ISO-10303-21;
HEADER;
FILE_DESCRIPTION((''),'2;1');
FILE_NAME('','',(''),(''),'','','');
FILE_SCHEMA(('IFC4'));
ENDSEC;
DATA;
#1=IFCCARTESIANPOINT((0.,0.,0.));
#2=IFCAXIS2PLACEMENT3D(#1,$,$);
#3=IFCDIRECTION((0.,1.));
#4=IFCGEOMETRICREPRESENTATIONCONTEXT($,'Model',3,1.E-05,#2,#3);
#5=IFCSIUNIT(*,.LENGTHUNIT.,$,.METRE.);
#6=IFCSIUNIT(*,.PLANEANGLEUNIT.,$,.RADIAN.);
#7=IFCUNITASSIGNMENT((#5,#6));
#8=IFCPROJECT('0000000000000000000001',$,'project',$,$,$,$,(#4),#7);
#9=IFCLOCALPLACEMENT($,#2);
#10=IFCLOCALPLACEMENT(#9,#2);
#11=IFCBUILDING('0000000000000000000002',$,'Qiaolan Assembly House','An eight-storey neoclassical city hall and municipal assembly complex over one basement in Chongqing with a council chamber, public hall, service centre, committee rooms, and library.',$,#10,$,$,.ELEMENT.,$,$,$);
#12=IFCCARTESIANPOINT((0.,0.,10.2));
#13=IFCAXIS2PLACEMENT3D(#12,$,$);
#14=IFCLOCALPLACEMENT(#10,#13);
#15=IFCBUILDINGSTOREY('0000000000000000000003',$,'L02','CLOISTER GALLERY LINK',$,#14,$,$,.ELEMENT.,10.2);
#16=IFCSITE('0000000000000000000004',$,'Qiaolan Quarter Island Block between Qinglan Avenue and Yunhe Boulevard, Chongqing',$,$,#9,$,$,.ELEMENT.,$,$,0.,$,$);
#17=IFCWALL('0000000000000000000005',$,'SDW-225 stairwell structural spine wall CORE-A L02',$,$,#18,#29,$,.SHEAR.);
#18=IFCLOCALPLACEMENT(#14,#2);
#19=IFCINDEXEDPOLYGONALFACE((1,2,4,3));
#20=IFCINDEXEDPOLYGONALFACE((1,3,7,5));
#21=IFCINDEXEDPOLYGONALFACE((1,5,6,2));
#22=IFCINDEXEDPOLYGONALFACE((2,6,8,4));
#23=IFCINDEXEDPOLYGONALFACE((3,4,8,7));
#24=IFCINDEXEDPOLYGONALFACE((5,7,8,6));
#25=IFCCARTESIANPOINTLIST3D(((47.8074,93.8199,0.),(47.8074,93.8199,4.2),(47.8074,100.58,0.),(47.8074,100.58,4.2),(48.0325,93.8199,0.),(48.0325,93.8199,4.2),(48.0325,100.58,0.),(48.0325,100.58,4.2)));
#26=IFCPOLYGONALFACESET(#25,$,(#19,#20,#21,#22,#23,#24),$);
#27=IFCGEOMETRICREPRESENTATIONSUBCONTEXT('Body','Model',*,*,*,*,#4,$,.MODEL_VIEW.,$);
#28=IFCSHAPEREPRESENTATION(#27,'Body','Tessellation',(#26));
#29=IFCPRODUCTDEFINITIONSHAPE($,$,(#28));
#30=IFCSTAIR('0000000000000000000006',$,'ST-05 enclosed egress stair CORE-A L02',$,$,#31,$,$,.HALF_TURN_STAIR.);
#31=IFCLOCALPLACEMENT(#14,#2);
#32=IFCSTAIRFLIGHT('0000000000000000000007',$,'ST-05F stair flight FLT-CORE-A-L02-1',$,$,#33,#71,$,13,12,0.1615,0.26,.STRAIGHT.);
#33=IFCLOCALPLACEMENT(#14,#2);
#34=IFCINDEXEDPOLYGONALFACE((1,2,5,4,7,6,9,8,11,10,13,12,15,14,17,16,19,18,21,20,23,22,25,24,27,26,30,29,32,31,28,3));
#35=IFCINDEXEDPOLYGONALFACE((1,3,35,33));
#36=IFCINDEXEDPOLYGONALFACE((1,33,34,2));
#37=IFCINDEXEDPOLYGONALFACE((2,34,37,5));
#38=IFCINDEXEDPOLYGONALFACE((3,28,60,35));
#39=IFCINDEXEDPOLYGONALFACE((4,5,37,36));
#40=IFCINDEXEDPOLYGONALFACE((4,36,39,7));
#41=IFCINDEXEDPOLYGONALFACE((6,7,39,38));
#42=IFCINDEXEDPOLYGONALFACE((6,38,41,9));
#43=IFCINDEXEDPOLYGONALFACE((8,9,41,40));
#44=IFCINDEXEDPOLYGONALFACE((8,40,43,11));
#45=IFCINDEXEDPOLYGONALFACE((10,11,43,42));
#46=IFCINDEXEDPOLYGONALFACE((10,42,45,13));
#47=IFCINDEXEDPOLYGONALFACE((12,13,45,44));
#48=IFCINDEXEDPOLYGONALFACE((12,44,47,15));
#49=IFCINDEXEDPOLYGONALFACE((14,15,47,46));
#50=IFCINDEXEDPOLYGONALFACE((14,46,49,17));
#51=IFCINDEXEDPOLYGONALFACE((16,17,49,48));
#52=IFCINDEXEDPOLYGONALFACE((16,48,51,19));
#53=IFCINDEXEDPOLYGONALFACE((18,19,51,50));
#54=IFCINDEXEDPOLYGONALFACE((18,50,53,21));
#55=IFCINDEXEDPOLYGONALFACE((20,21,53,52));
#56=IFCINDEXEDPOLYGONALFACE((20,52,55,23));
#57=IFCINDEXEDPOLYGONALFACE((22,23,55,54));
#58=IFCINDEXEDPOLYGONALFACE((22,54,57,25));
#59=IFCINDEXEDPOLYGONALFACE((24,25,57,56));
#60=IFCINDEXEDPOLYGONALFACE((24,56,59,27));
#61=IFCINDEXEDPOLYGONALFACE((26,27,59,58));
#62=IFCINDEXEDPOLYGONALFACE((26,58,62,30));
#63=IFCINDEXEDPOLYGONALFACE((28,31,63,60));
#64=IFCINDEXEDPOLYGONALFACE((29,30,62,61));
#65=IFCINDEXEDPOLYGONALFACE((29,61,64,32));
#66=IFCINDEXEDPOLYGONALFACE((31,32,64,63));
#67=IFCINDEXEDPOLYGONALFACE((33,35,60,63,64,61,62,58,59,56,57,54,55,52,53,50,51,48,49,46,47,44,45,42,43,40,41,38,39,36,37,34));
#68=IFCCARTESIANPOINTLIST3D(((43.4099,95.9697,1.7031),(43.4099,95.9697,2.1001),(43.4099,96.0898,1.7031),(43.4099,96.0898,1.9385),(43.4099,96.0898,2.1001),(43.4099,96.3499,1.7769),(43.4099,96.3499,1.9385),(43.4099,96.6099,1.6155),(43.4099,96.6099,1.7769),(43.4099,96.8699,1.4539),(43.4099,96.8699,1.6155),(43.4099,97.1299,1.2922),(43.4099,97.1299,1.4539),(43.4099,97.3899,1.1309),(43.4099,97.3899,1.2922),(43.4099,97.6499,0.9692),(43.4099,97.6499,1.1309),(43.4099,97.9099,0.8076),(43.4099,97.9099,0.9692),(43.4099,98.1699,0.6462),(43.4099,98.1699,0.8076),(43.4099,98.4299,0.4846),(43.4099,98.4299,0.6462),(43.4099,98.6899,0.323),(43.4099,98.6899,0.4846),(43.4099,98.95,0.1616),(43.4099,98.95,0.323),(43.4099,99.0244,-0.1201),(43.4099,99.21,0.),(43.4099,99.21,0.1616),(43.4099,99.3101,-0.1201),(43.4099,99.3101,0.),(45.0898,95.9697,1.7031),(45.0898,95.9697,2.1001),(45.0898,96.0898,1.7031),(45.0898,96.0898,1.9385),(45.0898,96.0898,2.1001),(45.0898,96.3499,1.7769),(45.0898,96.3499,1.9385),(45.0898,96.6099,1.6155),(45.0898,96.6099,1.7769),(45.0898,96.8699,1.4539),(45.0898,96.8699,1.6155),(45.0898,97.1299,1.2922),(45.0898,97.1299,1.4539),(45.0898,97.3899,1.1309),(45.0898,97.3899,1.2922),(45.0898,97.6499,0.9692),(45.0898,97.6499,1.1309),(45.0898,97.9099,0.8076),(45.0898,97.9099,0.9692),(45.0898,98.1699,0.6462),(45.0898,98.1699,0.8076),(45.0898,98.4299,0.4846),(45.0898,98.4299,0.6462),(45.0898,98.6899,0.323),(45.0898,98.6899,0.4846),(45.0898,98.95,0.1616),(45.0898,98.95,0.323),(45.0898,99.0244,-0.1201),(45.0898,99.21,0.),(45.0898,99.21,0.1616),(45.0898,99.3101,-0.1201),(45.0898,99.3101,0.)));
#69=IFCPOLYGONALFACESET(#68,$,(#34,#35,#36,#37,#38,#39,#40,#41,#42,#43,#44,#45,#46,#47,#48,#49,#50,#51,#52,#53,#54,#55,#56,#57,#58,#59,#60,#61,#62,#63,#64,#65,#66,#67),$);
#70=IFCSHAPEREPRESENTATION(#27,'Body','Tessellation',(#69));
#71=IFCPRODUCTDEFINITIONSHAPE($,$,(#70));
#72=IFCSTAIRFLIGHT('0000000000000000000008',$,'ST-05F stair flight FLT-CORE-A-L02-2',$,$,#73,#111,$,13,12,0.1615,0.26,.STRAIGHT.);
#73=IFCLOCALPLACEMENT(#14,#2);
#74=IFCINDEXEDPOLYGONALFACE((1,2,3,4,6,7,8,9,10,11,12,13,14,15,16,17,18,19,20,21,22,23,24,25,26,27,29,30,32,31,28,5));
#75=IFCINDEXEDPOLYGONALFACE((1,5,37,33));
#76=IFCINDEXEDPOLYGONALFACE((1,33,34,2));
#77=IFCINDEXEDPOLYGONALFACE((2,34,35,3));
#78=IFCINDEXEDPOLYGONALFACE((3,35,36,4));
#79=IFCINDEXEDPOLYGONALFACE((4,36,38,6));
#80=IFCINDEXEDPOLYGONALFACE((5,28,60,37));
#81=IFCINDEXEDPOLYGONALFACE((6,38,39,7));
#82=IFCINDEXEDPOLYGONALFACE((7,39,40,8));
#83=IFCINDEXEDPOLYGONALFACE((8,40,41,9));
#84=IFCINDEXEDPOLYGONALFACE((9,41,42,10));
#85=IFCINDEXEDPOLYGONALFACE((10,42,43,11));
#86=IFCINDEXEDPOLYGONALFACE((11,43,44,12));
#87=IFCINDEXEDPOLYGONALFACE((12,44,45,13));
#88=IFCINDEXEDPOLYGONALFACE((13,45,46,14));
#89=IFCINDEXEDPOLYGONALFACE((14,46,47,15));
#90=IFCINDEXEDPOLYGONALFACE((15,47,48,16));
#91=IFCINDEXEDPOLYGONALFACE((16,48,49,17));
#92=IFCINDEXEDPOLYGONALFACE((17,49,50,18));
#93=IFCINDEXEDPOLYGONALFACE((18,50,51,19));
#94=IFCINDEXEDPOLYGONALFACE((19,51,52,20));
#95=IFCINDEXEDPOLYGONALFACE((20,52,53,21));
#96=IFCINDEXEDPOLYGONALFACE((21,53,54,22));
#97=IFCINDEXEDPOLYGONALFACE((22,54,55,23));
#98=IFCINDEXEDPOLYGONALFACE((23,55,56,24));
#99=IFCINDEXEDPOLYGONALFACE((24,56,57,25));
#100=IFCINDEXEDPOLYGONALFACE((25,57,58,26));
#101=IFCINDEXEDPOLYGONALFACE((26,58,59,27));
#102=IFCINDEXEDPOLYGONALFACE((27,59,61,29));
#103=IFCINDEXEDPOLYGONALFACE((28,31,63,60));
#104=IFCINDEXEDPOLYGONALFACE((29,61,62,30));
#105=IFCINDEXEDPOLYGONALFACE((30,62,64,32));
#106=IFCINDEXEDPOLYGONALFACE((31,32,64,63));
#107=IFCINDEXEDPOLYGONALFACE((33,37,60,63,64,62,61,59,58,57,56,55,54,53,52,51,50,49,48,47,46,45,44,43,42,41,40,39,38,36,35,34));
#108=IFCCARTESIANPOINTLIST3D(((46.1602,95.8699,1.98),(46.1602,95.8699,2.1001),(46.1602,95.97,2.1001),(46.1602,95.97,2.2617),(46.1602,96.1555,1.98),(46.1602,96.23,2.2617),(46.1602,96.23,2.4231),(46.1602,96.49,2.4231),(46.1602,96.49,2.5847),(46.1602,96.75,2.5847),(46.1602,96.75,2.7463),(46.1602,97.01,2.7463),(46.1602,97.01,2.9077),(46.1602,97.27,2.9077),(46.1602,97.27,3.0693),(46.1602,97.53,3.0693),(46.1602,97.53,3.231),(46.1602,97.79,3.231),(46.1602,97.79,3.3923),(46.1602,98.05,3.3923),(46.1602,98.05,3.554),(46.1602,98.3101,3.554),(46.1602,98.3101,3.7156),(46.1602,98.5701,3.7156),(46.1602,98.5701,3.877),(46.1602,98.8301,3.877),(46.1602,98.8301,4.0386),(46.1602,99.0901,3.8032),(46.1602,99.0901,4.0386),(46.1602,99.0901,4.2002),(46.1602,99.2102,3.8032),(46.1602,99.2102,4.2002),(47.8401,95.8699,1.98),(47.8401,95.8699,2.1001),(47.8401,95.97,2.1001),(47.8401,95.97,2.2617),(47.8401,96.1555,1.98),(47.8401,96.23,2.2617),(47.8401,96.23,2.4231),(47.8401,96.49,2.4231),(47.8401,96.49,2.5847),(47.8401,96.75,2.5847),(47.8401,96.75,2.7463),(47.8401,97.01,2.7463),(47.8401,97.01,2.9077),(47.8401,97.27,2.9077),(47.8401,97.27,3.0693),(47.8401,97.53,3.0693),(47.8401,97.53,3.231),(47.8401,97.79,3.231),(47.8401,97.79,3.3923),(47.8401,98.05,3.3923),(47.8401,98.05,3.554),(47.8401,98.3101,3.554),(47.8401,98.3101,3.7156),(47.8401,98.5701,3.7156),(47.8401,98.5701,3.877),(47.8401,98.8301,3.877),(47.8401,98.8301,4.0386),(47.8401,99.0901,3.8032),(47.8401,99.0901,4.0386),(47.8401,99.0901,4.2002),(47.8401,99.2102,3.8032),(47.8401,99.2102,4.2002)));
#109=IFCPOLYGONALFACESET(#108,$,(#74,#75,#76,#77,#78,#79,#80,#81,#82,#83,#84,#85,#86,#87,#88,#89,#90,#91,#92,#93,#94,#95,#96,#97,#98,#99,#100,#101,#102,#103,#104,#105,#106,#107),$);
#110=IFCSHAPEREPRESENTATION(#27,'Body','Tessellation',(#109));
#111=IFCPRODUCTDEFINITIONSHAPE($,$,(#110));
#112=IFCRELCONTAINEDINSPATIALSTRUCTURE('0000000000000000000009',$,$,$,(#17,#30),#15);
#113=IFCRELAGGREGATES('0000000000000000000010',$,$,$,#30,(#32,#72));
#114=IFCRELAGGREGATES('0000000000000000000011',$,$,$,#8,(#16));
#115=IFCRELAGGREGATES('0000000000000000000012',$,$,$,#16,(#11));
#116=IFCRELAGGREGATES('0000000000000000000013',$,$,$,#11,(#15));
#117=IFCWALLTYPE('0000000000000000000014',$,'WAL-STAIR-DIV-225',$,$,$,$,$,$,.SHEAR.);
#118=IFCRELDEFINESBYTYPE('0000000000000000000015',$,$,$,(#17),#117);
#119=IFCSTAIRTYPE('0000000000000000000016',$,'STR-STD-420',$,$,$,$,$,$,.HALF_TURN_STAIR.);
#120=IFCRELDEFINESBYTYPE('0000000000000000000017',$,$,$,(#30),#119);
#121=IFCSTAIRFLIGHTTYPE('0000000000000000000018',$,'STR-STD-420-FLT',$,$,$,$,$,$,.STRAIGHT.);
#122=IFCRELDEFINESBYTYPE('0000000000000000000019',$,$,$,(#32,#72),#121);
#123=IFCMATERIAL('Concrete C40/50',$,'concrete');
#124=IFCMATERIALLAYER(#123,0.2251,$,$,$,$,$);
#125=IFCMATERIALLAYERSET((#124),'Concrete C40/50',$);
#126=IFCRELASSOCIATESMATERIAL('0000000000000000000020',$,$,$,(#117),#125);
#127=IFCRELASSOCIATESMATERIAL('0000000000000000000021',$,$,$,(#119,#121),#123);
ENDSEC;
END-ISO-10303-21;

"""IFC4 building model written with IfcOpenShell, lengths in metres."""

from ifc_helpers import new_model, si_unit, direction, frame, frame_2d, origin, place, context, subcontext, project, spatial, polyline, rectangle, outline, extrude, material, layer, layer_set, type_object, element, aggregate, save


model = new_model("IFC4")

# Units and contexts
model_context = context("Model", 3, precision=1e-05, world=origin(), true_north=direction((0.0, 1.0)))
body_context = subcontext(model_context, "Body", "Model", "MODEL_VIEW")
ifc_project = project(units=[si_unit("LENGTHUNIT", "METRE"), si_unit("PLANEANGLEUNIT", "RADIAN")], contexts=[model_context])

# Site, building, storey
site_placement = place(None, origin())
site = spatial("IfcSite", under=ifc_project, at=site_placement, Name="Qiaolan Quarter Island Block between Qinglan Avenue and Yunhe Boulevard, Chongqing", CompositionType="ELEMENT", RefElevation=0.0)
building_placement = place(site_placement, origin())
building = spatial("IfcBuilding", under=site, at=building_placement, Name="Qiaolan Assembly House", Description="An eight-storey neoclassical city hall and municipal assembly complex over one basement in Chongqing with a council chamber, public hall, service centre, committee rooms, and library.", CompositionType="ELEMENT")
storey_placement = place(building_placement, frame((0.0, 0.0, 10.2)))
storey = spatial("IfcBuildingStorey", under=building, at=storey_placement, Name="L02", Description="CLOISTER GALLERY LINK", CompositionType="ELEMENT", Elevation=10.2)

# Shared definitions
ifc_material_1 = material(Name="Concrete C40/50", Category="concrete")

# Wall
ifc_layer_1 = layer(ifc_material_1, 0.2251)
ifc_layer_set_1 = layer_set([ifc_layer_1], Name="Concrete C40/50")
wall_type_1 = type_object("IfcWallType", Name="WAL-STAIR-DIV-225", PredefinedType="SHEAR", material=ifc_layer_set_1)
wall_1_placement = place(storey_placement, frame((47.9199, 93.8201, 0.0), z_axis=(0.0, 0.0, 1.0), x_axis=(0.0, 1.0, 0.0)))
element("IfcWall", 1, at=wall_1_placement, inside=storey, type_object=wall_type_1, Name="SDW-225 stairwell structural spine wall CORE-A L02", PredefinedType="SHEAR", context=body_context, shape_type="SweptSolid", body=[
    extrude(rectangle(XDim=6.76, YDim=0.2251, at=frame_2d((3.3799, 0.0))), origin(), (0.0, 0.0, 1.0), 4.2),
])

# Stair, stair flights
stair_type = type_object("IfcStairType", Name="STR-STD-420", PredefinedType="HALF_TURN_STAIR", material=ifc_material_1)
stair_placement = place(storey_placement, origin())
stair = element("IfcStair", 2, at=stair_placement, inside=storey, type_object=stair_type, Name="ST-05 enclosed egress stair CORE-A L02", PredefinedType="HALF_TURN_STAIR")
stair_flight_type = type_object("IfcStairFlightType", Name="STR-STD-420-FLT", PredefinedType="STRAIGHT", material=ifc_material_1)
stair_flight_1_placement = place(storey_placement, frame((44.25, 99.21, 0.0), z_axis=(0.0, 0.0, 1.0), x_axis=(0.0, -1.0, 0.0)))
stair_flight_1 = element("IfcStairFlight", 3, at=stair_flight_1_placement, type_object=stair_flight_type, Name="ST-05F stair flight FLT-CORE-A-L02-1", NumberOfRisers=13, NumberOfTreads=12, PredefinedType="STRAIGHT", RiserHeight=0.1615, TreadLength=0.26, context=body_context, shape_type="SweptSolid", body=[
    extrude(outline(polyline([(-0.1001, -0.1201), (-0.1001, 0.0), (0.0, 0.0), (0.0, 0.1616), (0.26, 0.1616), (0.26, 0.323), (0.52, 0.323), (0.52, 0.4846), (0.78, 0.4846), (0.78, 0.6462), (1.04, 0.6462), (1.04, 0.8076), (1.3, 0.8076), (1.3, 0.9692), (1.5601, 0.9692), (1.5601, 1.1309), (1.8201, 1.1309), (1.8201, 1.2922), (2.0801, 1.2922), (2.0801, 1.4539), (2.3401, 1.4539), (2.3401, 1.6155), (2.6001, 1.6155), (2.6001, 1.7769), (2.8601, 1.7769), (2.8601, 1.9385), (3.1201, 1.9385), (3.1201, 2.1001), (3.2402, 2.1001), (3.2402, 1.7031), (3.1201, 1.7031), (0.1855, -0.1201), (-0.1001, -0.1201)])), frame((0.0, 0.8398, 0.0), z_axis=(0.0, -1.0, 0.0), x_axis=(1.0, 0.0, 0.0)), (0.0, 0.0, 1.0), 1.6799),
])
stair_flight_2_placement = place(storey_placement, frame((47.0, 95.97, 2.1001), z_axis=(0.0, 0.0, 1.0), x_axis=(0.0, 1.0, 0.0)))
stair_flight_2 = element("IfcStairFlight", 4, at=stair_flight_2_placement, type_object=stair_flight_type, Name="ST-05F stair flight FLT-CORE-A-L02-2", NumberOfRisers=13, NumberOfTreads=12, PredefinedType="STRAIGHT", RiserHeight=0.1615, TreadLength=0.26, context=body_context, shape_type="SweptSolid", body=[
    extrude(outline(polyline([(-0.1001, -0.1201), (-0.1001, 0.0), (0.0, 0.0), (0.0, 0.1616), (0.26, 0.1616), (0.26, 0.323), (0.52, 0.323), (0.52, 0.4846), (0.78, 0.4846), (0.78, 0.6462), (1.04, 0.6462), (1.04, 0.8076), (1.3, 0.8076), (1.3, 0.9692), (1.5601, 0.9692), (1.5601, 1.1309), (1.8201, 1.1309), (1.8201, 1.2922), (2.0801, 1.2922), (2.0801, 1.4539), (2.3401, 1.4539), (2.3401, 1.6155), (2.6001, 1.6155), (2.6001, 1.7769), (2.8601, 1.7769), (2.8601, 1.9385), (3.1201, 1.9385), (3.1201, 2.1001), (3.2402, 2.1001), (3.2402, 1.7031), (3.1201, 1.7031), (0.1855, -0.1201), (-0.1001, -0.1201)])), frame((0.0, 0.8398, 0.0), z_axis=(0.0, -1.0, 0.0), x_axis=(1.0, 0.0, 0.0)), (0.0, 0.0, 1.0), 1.6799),
])
aggregate(stair, [stair_flight_1, stair_flight_2])

save(model, "model.ifc")
